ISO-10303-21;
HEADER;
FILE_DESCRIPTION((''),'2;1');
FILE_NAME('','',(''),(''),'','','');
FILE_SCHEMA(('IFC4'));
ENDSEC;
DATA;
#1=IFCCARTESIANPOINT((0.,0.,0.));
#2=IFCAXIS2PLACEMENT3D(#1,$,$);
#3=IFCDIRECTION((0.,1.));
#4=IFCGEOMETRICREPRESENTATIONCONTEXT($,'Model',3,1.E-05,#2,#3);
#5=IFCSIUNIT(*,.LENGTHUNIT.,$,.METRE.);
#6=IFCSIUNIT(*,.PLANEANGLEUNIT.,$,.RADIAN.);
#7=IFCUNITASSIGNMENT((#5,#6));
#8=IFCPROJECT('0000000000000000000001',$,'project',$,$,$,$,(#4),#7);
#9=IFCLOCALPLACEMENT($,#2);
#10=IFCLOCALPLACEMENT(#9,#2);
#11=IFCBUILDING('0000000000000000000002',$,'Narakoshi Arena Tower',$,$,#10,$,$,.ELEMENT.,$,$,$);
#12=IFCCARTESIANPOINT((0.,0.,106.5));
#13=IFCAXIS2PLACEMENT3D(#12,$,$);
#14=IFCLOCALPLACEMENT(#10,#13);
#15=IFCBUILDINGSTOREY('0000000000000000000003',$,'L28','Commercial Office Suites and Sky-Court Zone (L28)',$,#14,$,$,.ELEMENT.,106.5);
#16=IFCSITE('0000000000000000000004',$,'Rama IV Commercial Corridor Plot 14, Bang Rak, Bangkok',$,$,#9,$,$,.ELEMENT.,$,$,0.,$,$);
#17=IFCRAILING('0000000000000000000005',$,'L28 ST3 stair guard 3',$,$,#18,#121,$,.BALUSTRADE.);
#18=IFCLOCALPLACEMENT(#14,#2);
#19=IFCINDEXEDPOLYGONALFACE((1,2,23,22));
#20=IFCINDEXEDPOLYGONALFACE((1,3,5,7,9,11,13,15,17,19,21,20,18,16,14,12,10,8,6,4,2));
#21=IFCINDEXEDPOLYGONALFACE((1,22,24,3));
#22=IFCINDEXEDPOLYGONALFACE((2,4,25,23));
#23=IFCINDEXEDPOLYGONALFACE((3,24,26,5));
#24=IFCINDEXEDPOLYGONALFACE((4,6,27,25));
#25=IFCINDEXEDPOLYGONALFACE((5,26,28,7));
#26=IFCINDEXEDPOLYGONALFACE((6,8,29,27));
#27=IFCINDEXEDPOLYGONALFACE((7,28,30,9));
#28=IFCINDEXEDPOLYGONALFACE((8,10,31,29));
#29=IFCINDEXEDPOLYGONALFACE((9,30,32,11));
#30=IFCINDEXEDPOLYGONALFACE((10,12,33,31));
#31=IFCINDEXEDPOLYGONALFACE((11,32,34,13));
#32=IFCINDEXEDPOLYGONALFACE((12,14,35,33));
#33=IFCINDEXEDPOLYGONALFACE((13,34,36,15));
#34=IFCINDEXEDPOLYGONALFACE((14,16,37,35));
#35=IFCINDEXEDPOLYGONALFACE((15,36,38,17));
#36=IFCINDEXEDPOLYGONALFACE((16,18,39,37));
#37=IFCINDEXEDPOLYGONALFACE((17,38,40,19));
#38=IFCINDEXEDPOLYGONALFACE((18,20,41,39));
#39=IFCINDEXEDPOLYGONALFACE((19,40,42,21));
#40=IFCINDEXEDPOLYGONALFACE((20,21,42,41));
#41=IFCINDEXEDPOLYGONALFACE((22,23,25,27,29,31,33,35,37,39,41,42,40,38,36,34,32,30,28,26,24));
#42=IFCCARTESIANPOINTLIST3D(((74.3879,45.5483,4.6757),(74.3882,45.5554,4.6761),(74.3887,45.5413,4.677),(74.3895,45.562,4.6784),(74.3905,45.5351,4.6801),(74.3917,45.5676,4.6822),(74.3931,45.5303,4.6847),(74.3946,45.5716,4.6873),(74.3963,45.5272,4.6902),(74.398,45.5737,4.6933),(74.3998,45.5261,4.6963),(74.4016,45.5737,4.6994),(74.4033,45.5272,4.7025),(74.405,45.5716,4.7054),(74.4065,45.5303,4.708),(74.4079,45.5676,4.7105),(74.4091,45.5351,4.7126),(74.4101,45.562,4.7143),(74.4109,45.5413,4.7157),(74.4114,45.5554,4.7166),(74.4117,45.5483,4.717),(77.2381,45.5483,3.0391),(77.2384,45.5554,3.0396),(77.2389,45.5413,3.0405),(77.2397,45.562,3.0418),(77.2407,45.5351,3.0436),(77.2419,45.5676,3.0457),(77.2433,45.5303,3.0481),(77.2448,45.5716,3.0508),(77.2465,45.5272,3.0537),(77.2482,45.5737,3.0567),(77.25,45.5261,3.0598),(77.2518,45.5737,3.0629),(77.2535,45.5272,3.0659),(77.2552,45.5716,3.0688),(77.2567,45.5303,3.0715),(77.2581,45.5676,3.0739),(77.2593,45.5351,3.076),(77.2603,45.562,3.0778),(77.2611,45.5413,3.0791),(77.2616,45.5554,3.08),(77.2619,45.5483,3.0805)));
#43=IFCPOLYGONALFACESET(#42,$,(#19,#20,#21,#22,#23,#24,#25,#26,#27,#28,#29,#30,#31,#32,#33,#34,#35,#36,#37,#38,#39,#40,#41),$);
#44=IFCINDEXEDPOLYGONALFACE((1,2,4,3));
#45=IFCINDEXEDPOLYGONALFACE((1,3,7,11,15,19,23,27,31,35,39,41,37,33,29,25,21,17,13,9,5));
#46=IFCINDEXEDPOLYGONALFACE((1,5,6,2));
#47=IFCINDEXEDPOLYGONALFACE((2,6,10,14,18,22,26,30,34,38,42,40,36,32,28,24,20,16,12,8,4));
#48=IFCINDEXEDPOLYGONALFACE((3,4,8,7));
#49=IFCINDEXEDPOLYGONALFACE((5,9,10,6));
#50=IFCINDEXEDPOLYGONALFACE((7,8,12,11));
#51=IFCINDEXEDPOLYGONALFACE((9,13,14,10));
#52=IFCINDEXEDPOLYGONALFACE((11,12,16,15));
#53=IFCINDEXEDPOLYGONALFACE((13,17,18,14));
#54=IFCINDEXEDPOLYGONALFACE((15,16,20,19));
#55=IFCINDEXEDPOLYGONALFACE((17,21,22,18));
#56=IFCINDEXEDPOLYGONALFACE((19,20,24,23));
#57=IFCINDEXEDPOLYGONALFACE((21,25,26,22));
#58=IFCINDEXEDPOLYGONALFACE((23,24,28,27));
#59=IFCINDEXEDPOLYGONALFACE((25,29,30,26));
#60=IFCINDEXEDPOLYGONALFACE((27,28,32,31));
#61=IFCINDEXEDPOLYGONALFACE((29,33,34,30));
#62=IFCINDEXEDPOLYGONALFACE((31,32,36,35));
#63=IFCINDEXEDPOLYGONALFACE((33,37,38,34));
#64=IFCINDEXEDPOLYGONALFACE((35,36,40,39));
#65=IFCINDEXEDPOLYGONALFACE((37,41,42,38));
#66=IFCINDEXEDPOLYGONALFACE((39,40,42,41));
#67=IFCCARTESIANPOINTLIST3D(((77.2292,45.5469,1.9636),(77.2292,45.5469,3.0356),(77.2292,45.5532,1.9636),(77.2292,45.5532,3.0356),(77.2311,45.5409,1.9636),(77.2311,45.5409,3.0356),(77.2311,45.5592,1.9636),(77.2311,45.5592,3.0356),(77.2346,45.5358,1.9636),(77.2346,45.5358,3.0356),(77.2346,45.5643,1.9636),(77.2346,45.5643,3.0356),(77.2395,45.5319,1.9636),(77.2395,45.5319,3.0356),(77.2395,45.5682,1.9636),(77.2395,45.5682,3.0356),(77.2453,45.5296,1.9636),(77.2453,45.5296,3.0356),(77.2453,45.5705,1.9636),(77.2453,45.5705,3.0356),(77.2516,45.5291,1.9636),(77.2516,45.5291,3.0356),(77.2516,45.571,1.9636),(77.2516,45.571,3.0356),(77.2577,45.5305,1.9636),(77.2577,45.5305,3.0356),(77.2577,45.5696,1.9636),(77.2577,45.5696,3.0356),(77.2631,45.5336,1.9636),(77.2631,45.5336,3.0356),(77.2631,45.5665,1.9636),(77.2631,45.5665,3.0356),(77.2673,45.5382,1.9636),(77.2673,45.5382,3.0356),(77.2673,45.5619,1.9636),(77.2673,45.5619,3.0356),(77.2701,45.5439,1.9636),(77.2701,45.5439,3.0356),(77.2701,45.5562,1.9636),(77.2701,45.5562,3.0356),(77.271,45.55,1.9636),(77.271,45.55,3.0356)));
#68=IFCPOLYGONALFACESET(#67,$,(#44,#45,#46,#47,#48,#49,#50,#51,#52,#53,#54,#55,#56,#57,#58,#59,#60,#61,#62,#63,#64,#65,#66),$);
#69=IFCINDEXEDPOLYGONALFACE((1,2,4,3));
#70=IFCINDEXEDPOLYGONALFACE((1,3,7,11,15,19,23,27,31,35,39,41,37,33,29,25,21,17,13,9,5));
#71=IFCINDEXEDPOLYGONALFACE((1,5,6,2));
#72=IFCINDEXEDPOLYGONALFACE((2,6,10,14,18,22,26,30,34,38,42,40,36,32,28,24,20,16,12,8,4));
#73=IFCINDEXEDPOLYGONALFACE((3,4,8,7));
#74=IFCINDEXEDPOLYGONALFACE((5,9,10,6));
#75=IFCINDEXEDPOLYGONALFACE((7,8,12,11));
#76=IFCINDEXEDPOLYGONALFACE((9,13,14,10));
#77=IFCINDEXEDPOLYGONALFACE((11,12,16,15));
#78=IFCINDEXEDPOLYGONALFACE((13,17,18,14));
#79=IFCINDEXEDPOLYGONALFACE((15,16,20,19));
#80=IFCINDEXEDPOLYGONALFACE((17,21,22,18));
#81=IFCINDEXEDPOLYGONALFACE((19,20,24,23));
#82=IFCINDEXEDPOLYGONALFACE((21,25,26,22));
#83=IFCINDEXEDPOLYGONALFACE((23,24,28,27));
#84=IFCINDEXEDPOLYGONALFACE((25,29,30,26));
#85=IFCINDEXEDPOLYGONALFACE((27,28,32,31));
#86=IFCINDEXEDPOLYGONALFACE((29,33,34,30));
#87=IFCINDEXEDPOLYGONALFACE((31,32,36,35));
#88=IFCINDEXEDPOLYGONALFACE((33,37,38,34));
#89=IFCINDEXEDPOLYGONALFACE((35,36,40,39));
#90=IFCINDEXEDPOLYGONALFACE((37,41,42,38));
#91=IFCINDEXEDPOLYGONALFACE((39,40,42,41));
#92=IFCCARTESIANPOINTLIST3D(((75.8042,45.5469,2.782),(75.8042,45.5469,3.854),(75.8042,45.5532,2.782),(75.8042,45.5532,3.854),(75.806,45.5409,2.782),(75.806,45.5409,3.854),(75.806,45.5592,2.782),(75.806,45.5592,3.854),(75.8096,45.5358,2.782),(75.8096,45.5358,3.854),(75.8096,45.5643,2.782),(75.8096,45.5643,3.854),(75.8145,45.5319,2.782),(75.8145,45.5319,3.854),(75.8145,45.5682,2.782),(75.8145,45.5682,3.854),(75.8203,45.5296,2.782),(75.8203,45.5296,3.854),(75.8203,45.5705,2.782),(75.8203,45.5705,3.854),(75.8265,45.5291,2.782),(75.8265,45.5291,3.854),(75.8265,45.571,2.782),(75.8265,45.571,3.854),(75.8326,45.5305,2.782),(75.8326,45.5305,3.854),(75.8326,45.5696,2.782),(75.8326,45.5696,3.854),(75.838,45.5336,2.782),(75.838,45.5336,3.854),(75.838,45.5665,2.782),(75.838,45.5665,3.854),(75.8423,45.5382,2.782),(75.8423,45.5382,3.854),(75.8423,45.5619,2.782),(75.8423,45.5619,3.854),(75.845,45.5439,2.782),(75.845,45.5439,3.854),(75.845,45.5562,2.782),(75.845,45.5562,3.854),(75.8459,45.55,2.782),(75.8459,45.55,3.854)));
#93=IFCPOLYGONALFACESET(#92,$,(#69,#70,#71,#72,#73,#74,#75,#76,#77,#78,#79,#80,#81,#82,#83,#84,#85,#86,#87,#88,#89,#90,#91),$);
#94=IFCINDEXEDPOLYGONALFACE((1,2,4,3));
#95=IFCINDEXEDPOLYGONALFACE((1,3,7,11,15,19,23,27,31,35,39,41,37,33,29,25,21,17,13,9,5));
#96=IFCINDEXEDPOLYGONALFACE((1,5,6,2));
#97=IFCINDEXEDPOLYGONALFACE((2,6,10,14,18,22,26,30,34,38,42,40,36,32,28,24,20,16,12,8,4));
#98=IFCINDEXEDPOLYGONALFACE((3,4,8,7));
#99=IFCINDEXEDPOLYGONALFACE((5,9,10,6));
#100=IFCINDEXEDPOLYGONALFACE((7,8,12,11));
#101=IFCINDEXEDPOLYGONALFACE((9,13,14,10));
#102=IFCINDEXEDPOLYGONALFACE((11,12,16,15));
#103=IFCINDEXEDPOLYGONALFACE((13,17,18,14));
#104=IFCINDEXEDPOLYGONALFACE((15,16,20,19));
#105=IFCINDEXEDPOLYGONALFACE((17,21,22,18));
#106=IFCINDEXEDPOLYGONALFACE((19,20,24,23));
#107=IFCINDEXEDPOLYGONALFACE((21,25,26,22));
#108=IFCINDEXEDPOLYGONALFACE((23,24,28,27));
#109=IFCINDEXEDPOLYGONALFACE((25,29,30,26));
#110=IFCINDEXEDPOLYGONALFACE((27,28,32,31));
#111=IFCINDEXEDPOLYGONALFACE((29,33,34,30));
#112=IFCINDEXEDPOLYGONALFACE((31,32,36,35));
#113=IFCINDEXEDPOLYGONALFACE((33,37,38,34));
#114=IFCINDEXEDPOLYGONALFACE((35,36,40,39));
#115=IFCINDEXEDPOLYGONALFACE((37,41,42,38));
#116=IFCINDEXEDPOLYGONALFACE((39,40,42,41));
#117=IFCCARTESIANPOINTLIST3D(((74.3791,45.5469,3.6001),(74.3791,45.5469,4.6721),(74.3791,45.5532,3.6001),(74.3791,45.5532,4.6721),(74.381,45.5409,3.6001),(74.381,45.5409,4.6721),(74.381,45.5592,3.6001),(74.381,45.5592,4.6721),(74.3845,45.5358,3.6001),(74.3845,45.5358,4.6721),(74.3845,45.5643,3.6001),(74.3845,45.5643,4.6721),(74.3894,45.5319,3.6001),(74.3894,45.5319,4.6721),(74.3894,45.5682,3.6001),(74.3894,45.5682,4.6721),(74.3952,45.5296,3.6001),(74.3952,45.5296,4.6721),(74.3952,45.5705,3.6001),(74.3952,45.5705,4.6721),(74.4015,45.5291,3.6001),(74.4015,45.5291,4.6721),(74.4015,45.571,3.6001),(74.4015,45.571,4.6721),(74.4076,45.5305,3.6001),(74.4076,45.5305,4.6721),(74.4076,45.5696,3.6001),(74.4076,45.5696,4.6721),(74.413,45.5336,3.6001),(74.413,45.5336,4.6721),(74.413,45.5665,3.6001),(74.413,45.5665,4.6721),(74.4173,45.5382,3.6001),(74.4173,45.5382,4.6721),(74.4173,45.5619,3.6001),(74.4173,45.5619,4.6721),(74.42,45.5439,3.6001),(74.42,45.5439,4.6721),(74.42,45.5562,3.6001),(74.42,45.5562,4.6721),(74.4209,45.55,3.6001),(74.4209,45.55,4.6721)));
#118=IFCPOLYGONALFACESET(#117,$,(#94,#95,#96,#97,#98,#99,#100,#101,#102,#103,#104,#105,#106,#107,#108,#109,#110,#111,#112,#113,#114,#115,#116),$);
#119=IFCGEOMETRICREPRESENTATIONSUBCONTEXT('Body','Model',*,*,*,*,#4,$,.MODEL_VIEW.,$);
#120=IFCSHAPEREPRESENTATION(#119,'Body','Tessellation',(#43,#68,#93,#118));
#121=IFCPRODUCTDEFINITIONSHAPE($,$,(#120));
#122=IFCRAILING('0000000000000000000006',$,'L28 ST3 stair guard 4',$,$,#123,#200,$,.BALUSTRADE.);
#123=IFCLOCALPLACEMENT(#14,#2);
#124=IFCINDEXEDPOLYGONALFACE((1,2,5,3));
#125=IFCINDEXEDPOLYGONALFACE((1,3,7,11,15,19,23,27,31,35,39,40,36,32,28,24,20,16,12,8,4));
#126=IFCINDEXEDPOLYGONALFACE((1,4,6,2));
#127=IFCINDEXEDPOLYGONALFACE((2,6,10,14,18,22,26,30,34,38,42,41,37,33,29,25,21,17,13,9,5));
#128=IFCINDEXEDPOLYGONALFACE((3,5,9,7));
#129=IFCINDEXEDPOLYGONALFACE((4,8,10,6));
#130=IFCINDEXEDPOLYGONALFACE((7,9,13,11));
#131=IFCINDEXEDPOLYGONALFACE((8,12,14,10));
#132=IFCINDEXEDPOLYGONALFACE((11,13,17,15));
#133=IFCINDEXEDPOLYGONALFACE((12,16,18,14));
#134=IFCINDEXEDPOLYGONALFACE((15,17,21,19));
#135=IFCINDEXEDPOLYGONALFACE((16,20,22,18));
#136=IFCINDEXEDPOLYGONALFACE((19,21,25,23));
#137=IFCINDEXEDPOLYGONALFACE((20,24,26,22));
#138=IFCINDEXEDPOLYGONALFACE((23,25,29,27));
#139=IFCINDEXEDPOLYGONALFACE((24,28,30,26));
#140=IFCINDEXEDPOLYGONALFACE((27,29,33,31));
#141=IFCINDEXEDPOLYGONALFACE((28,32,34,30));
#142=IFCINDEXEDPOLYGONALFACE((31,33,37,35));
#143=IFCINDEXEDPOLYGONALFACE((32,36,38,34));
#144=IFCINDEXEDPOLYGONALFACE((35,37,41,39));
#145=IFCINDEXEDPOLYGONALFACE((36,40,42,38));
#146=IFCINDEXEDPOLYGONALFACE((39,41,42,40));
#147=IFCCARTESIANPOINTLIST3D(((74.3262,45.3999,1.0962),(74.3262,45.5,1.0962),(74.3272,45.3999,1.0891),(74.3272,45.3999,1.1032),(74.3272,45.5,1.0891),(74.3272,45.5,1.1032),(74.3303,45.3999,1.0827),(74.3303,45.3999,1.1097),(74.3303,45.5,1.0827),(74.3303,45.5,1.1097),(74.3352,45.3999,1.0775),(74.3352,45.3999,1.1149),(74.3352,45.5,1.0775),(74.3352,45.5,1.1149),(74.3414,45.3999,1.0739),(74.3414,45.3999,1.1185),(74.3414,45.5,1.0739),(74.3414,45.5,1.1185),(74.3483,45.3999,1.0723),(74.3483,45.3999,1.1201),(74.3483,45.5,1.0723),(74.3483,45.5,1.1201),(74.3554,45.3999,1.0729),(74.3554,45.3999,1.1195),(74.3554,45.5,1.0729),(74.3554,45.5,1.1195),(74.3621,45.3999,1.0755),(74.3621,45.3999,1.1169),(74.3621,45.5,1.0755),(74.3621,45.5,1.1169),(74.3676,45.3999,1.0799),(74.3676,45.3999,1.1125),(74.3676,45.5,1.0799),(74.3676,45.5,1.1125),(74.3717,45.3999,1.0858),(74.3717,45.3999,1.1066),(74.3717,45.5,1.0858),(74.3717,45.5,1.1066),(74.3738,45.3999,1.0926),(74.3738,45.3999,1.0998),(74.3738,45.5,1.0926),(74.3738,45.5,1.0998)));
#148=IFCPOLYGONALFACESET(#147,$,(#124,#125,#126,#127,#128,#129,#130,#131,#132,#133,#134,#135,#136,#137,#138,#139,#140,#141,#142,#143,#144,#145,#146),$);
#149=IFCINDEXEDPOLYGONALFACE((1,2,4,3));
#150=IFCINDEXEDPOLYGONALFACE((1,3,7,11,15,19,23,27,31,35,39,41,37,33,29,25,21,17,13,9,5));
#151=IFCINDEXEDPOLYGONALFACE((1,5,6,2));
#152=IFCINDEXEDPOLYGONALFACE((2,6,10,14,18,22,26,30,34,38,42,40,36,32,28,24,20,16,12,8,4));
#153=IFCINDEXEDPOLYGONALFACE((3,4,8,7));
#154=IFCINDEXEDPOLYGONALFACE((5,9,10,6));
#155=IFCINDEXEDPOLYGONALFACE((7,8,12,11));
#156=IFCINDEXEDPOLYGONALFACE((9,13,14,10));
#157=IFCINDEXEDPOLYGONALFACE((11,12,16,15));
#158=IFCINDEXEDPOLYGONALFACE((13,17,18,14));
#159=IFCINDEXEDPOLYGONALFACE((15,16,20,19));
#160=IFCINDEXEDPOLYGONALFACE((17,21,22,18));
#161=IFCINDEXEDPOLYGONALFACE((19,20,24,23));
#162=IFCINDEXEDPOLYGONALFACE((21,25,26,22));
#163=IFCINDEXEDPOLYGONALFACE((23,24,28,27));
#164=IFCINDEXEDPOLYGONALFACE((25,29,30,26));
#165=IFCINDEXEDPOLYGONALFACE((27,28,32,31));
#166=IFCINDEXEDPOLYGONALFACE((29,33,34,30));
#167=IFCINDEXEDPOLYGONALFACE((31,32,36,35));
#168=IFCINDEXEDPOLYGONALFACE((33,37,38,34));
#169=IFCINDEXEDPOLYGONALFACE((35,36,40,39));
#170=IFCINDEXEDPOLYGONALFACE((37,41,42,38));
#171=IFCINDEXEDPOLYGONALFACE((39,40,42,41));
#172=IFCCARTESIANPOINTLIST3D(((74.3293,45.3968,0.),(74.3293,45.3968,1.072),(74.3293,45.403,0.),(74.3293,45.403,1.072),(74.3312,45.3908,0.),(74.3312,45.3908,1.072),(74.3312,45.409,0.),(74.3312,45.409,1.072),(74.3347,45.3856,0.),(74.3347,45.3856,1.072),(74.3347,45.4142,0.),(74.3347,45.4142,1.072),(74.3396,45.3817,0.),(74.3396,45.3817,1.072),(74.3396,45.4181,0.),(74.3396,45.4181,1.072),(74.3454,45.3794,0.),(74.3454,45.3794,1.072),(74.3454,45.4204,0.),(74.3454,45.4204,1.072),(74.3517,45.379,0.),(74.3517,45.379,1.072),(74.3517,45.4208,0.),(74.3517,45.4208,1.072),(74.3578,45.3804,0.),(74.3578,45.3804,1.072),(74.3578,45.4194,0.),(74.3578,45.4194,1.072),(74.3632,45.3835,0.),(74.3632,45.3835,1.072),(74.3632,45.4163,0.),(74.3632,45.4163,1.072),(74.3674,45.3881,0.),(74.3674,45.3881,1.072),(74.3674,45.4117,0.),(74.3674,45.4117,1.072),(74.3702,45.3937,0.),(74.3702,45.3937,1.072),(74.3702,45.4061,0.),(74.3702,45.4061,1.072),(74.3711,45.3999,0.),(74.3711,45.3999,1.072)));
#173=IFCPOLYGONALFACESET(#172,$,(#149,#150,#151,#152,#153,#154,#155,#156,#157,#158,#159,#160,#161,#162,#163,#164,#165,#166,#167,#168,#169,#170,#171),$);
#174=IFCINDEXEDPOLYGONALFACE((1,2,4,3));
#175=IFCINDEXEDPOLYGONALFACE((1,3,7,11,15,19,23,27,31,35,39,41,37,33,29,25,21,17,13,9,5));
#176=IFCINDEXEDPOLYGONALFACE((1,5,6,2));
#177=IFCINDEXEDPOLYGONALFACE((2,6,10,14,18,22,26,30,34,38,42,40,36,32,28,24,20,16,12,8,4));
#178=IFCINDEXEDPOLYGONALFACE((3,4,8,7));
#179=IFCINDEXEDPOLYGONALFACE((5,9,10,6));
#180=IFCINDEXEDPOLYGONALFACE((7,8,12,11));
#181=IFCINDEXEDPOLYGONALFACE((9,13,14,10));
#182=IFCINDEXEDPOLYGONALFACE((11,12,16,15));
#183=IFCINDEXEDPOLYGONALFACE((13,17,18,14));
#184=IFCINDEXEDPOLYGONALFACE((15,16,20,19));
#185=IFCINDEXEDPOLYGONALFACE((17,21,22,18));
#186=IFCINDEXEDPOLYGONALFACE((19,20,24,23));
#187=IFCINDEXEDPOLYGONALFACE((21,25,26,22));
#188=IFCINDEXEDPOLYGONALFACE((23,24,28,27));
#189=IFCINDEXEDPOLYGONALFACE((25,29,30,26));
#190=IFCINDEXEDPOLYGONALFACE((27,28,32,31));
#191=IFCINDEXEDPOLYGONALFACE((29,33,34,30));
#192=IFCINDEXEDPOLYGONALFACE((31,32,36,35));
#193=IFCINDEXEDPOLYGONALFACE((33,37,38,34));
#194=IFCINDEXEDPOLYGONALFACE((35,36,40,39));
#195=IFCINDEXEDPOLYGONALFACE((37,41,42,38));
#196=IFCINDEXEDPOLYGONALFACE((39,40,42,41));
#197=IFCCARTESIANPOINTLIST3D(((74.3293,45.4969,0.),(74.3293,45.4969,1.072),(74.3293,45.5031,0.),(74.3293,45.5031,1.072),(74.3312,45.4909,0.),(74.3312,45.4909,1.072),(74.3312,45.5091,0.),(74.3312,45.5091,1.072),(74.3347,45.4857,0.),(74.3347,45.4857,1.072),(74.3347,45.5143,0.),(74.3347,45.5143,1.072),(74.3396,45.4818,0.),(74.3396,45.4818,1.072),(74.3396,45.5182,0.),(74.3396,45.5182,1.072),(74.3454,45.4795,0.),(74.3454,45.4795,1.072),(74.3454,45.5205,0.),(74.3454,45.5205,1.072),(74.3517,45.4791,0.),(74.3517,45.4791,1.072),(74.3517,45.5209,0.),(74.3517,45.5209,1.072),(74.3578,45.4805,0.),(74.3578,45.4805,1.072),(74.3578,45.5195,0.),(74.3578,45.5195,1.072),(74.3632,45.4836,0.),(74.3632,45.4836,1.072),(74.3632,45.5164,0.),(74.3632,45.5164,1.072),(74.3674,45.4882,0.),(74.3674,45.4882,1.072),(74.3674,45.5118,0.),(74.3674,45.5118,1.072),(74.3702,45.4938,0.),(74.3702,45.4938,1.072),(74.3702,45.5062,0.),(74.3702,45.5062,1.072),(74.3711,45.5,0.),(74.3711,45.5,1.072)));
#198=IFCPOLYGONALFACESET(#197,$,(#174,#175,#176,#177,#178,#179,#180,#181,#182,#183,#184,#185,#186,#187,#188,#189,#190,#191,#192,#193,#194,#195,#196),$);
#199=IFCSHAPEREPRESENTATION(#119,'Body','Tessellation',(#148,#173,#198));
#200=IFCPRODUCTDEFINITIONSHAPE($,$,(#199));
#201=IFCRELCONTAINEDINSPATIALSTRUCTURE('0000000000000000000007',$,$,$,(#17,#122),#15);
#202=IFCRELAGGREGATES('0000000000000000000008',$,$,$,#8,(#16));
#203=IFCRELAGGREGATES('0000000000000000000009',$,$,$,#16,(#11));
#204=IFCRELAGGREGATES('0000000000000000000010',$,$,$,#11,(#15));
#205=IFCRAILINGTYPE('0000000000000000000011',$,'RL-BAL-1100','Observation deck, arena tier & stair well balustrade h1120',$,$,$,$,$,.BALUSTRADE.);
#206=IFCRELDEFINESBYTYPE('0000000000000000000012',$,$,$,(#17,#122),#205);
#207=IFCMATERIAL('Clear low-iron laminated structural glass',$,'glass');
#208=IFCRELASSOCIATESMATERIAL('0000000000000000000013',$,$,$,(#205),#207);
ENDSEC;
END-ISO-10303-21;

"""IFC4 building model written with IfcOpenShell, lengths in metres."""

from ifc_helpers import new_model, si_unit, direction, frame, origin, origin_2d, place, context, subcontext, project, spatial, circle, extrude, material, type_object, element, save


model = new_model("IFC4")

# Units and contexts
model_context = context("Model", 3, precision=1e-05, world=origin(), true_north=direction((0.0, 1.0)))
body_context = subcontext(model_context, "Body", "Model", "MODEL_VIEW")
ifc_project = project(units=[si_unit("LENGTHUNIT", "METRE"), si_unit("PLANEANGLEUNIT", "RADIAN")], contexts=[model_context])

# Site, building, storey
site_placement = place(None, origin())
site = spatial("IfcSite", under=ifc_project, at=site_placement, Name="Rama IV Commercial Corridor Plot 14, Bang Rak, Bangkok", CompositionType="ELEMENT", RefElevation=0.0)
building_placement = place(site_placement, origin())
building = spatial("IfcBuilding", under=site, at=building_placement, Name="Narakoshi Arena Tower", CompositionType="ELEMENT")
storey_placement = place(building_placement, frame((0.0, 0.0, 106.5)))
storey = spatial("IfcBuildingStorey", under=building, at=storey_placement, Name="L28", Description="Commercial Office Suites and Sky-Court Zone (L28)", CompositionType="ELEMENT", Elevation=106.5)

# Railings
ifc_material_1 = material(Name="Clear low-iron laminated structural glass", Category="glass")
railing_type_1 = type_object("IfcRailingType", Name="RL-BAL-1100", Description="Observation deck, arena tier & stair well balustrade h1120", PredefinedType="BALUSTRADE", material=ifc_material_1)
railing_1_placement = place(storey_placement, frame((77.25, 45.55, 1.9636)))
element("IfcRailing", 1, at=railing_1_placement, inside=storey, type_object=railing_type_1, Name="L28 ST3 stair guard 3", PredefinedType="BALUSTRADE", context=body_context, shape_type="SweptSolid", body=[
    extrude(circle(Radius=0.0239, at=origin_2d()), frame((0.0, 0.0, 1.0962), z_axis=(-0.867213, 0.0, 0.497938), x_axis=(0.0, -1.0, 0.0)), (0.0, 0.0, 1.0), 3.2866),
    extrude(circle(Radius=0.021, at=origin_2d()), origin(), (0.0, 0.0, 1.0), 1.072),
    extrude(circle(Radius=0.021, at=origin_2d()), frame((-1.425, 0.0, 0.8184)), (0.0, 0.0, 1.0), 1.072),
    extrude(circle(Radius=0.021, at=origin_2d()), frame((-2.8501, 0.0, 1.6365)), (0.0, 0.0, 1.0), 1.072),
])
railing_2_placement = place(storey_placement, frame((74.3501, 45.3999, 0.0)))
element("IfcRailing", 2, at=railing_2_placement, inside=storey, type_object=railing_type_1, Name="L28 ST3 stair guard 4", PredefinedType="BALUSTRADE", context=body_context, shape_type="SweptSolid", body=[
    extrude(circle(Radius=0.0239, at=origin_2d()), frame((0.0, 0.0, 1.0962), z_axis=(0.0, 1.0, 0.0), x_axis=(-1.0, 0.0, 0.0)), (0.0, 0.0, 1.0), 0.1001),
    extrude(circle(Radius=0.021, at=origin_2d()), origin(), (0.0, 0.0, 1.0), 1.072),
    extrude(circle(Radius=0.021, at=origin_2d()), frame((0.0, 0.1001, 0.0)), (0.0, 0.0, 1.0), 1.072),
])

save(model, "model.ifc")
